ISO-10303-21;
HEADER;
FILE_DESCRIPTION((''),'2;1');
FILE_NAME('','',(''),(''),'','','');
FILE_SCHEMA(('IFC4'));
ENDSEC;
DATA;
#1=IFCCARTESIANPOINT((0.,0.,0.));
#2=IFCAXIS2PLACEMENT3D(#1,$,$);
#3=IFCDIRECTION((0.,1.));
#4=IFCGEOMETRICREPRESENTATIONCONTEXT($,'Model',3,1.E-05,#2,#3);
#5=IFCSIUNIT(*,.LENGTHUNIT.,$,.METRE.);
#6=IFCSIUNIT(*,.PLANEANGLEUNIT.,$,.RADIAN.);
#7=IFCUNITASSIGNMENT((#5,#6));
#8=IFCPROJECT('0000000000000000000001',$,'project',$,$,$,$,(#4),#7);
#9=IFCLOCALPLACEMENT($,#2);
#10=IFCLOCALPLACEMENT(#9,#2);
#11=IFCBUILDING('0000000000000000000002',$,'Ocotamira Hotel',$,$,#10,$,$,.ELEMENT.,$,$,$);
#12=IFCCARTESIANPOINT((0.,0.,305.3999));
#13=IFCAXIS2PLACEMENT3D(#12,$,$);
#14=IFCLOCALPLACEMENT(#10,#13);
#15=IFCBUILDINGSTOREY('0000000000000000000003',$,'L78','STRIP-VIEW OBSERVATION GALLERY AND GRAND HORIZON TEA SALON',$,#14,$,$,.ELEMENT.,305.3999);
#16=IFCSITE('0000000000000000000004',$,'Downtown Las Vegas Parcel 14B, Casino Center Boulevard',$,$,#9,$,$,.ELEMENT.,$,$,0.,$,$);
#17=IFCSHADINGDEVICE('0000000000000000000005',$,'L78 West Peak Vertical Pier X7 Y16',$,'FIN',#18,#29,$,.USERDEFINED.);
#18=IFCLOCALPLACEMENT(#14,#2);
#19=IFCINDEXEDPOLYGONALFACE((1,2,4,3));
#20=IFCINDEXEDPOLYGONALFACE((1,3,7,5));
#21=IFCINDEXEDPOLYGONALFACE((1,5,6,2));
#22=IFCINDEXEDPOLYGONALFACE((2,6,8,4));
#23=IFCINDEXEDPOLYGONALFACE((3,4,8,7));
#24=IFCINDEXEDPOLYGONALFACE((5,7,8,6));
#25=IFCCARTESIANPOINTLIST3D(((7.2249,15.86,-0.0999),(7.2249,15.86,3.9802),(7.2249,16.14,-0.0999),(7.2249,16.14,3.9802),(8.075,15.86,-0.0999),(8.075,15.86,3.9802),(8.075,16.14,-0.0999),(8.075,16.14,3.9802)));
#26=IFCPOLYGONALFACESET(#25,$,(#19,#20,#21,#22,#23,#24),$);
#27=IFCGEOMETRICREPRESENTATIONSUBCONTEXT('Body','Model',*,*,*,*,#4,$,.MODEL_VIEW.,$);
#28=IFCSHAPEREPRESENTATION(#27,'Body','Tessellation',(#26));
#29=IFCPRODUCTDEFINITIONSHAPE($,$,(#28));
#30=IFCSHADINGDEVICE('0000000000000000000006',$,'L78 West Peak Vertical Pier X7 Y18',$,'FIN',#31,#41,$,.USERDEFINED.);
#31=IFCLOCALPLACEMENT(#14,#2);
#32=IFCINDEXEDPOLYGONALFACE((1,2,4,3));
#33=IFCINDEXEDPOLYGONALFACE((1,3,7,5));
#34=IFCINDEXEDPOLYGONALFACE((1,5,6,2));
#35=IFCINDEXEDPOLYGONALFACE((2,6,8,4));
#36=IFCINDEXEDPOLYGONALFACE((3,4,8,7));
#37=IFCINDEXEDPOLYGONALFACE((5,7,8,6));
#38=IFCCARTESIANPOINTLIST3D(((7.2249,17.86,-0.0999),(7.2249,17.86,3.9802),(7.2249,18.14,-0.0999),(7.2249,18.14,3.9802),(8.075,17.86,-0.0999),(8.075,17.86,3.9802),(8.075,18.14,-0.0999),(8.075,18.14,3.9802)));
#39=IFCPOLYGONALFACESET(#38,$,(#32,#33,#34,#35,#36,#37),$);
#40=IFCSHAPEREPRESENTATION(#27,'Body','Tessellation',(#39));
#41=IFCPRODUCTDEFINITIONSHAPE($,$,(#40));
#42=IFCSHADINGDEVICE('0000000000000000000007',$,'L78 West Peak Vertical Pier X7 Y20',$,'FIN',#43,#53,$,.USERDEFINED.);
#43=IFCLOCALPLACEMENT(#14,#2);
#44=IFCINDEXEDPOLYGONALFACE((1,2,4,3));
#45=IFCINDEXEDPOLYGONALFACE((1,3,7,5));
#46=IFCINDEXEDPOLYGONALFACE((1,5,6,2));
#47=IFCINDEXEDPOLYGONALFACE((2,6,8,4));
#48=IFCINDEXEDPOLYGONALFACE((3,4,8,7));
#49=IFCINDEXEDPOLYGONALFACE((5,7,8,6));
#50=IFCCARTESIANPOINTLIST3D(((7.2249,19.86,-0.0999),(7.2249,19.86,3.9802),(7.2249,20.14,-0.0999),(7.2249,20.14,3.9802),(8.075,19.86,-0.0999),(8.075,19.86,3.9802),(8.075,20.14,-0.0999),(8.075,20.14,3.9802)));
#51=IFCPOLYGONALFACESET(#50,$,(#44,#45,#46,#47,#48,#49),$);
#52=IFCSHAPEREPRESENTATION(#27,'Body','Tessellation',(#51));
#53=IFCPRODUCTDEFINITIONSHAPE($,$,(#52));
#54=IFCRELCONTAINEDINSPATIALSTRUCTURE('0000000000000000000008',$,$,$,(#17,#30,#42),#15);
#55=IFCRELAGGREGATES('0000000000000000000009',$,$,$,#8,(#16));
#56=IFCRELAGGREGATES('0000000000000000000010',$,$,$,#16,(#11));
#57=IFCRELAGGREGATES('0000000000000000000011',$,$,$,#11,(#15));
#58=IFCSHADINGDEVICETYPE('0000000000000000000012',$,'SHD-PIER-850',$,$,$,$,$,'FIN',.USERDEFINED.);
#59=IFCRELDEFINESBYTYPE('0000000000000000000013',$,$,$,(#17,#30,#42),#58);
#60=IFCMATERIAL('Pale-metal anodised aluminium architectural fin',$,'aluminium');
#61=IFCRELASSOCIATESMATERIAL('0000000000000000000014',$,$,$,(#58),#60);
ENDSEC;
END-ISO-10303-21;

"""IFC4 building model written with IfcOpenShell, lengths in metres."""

from ifc_helpers import new_model, si_unit, direction, frame, origin, origin_2d, place, context, subcontext, project, spatial, rectangle, extrude, source, transform, mapped, material, type_object, element, save


model = new_model("IFC4")

# Units and contexts
model_context = context("Model", 3, precision=1e-05, world=origin(), true_north=direction((0.0, 1.0)))
body_context = subcontext(model_context, "Body", "Model", "MODEL_VIEW")
ifc_project = project(units=[si_unit("LENGTHUNIT", "METRE"), si_unit("PLANEANGLEUNIT", "RADIAN")], contexts=[model_context])

# Site, building, storey
site_placement = place(None, origin())
site = spatial("IfcSite", under=ifc_project, at=site_placement, Name="Downtown Las Vegas Parcel 14B, Casino Center Boulevard", CompositionType="ELEMENT", RefElevation=0.0)
building_placement = place(site_placement, origin())
building = spatial("IfcBuilding", under=site, at=building_placement, Name="Ocotamira Hotel", CompositionType="ELEMENT")
storey_placement = place(building_placement, frame((0.0, 0.0, 305.3999)))
storey = spatial("IfcBuildingStorey", under=building, at=storey_placement, Name="L78", Description="STRIP-VIEW OBSERVATION GALLERY AND GRAND HORIZON TEA SALON", CompositionType="ELEMENT", Elevation=305.3999)

# Shading devices
ifc_material_1 = material(Name="Pale-metal anodised aluminium architectural fin", Category="aluminium")
shading_device_type = type_object("IfcShadingDeviceType", Name="SHD-PIER-850", ElementType="FIN", PredefinedType="USERDEFINED", material=ifc_material_1)
shared_shape_1 = source(origin(), body_context, "Body", "SweptSolid", [
    extrude(rectangle(XDim=0.8501, YDim=0.28, at=origin_2d()), origin(), (0.0, 0.0, 1.0), 4.0801),
])
for number, where, z_axis, x_axis, name in (
    (1, (7.6499, 16.0, -0.0999), (0.0, 0.0, 1.0), (1.0, 0.0, 0.0), "L78 West Peak Vertical Pier X7 Y16"),
    (2, (7.6499, 18.0, -0.0999), (0.0, 0.0, 1.0), (1.0, 0.0, 0.0), "L78 West Peak Vertical Pier X7 Y18"),
    (3, (7.6499, 20.0, -0.0999), (0.0, 0.0, 1.0), (1.0, 0.0, 0.0), "L78 West Peak Vertical Pier X7 Y20"),
):
    element("IfcShadingDevice", number, at=place(storey_placement, frame(where, z_axis=z_axis, x_axis=x_axis)), inside=storey, type_object=shading_device_type, Name=name, ObjectType="FIN", PredefinedType="USERDEFINED", context=body_context, shape_type="MappedRepresentation", body=[
        mapped(shared_shape_1, transform((0.0, 0.0, 0.0), scale=1.0)),
    ])

save(model, "model.ifc")
